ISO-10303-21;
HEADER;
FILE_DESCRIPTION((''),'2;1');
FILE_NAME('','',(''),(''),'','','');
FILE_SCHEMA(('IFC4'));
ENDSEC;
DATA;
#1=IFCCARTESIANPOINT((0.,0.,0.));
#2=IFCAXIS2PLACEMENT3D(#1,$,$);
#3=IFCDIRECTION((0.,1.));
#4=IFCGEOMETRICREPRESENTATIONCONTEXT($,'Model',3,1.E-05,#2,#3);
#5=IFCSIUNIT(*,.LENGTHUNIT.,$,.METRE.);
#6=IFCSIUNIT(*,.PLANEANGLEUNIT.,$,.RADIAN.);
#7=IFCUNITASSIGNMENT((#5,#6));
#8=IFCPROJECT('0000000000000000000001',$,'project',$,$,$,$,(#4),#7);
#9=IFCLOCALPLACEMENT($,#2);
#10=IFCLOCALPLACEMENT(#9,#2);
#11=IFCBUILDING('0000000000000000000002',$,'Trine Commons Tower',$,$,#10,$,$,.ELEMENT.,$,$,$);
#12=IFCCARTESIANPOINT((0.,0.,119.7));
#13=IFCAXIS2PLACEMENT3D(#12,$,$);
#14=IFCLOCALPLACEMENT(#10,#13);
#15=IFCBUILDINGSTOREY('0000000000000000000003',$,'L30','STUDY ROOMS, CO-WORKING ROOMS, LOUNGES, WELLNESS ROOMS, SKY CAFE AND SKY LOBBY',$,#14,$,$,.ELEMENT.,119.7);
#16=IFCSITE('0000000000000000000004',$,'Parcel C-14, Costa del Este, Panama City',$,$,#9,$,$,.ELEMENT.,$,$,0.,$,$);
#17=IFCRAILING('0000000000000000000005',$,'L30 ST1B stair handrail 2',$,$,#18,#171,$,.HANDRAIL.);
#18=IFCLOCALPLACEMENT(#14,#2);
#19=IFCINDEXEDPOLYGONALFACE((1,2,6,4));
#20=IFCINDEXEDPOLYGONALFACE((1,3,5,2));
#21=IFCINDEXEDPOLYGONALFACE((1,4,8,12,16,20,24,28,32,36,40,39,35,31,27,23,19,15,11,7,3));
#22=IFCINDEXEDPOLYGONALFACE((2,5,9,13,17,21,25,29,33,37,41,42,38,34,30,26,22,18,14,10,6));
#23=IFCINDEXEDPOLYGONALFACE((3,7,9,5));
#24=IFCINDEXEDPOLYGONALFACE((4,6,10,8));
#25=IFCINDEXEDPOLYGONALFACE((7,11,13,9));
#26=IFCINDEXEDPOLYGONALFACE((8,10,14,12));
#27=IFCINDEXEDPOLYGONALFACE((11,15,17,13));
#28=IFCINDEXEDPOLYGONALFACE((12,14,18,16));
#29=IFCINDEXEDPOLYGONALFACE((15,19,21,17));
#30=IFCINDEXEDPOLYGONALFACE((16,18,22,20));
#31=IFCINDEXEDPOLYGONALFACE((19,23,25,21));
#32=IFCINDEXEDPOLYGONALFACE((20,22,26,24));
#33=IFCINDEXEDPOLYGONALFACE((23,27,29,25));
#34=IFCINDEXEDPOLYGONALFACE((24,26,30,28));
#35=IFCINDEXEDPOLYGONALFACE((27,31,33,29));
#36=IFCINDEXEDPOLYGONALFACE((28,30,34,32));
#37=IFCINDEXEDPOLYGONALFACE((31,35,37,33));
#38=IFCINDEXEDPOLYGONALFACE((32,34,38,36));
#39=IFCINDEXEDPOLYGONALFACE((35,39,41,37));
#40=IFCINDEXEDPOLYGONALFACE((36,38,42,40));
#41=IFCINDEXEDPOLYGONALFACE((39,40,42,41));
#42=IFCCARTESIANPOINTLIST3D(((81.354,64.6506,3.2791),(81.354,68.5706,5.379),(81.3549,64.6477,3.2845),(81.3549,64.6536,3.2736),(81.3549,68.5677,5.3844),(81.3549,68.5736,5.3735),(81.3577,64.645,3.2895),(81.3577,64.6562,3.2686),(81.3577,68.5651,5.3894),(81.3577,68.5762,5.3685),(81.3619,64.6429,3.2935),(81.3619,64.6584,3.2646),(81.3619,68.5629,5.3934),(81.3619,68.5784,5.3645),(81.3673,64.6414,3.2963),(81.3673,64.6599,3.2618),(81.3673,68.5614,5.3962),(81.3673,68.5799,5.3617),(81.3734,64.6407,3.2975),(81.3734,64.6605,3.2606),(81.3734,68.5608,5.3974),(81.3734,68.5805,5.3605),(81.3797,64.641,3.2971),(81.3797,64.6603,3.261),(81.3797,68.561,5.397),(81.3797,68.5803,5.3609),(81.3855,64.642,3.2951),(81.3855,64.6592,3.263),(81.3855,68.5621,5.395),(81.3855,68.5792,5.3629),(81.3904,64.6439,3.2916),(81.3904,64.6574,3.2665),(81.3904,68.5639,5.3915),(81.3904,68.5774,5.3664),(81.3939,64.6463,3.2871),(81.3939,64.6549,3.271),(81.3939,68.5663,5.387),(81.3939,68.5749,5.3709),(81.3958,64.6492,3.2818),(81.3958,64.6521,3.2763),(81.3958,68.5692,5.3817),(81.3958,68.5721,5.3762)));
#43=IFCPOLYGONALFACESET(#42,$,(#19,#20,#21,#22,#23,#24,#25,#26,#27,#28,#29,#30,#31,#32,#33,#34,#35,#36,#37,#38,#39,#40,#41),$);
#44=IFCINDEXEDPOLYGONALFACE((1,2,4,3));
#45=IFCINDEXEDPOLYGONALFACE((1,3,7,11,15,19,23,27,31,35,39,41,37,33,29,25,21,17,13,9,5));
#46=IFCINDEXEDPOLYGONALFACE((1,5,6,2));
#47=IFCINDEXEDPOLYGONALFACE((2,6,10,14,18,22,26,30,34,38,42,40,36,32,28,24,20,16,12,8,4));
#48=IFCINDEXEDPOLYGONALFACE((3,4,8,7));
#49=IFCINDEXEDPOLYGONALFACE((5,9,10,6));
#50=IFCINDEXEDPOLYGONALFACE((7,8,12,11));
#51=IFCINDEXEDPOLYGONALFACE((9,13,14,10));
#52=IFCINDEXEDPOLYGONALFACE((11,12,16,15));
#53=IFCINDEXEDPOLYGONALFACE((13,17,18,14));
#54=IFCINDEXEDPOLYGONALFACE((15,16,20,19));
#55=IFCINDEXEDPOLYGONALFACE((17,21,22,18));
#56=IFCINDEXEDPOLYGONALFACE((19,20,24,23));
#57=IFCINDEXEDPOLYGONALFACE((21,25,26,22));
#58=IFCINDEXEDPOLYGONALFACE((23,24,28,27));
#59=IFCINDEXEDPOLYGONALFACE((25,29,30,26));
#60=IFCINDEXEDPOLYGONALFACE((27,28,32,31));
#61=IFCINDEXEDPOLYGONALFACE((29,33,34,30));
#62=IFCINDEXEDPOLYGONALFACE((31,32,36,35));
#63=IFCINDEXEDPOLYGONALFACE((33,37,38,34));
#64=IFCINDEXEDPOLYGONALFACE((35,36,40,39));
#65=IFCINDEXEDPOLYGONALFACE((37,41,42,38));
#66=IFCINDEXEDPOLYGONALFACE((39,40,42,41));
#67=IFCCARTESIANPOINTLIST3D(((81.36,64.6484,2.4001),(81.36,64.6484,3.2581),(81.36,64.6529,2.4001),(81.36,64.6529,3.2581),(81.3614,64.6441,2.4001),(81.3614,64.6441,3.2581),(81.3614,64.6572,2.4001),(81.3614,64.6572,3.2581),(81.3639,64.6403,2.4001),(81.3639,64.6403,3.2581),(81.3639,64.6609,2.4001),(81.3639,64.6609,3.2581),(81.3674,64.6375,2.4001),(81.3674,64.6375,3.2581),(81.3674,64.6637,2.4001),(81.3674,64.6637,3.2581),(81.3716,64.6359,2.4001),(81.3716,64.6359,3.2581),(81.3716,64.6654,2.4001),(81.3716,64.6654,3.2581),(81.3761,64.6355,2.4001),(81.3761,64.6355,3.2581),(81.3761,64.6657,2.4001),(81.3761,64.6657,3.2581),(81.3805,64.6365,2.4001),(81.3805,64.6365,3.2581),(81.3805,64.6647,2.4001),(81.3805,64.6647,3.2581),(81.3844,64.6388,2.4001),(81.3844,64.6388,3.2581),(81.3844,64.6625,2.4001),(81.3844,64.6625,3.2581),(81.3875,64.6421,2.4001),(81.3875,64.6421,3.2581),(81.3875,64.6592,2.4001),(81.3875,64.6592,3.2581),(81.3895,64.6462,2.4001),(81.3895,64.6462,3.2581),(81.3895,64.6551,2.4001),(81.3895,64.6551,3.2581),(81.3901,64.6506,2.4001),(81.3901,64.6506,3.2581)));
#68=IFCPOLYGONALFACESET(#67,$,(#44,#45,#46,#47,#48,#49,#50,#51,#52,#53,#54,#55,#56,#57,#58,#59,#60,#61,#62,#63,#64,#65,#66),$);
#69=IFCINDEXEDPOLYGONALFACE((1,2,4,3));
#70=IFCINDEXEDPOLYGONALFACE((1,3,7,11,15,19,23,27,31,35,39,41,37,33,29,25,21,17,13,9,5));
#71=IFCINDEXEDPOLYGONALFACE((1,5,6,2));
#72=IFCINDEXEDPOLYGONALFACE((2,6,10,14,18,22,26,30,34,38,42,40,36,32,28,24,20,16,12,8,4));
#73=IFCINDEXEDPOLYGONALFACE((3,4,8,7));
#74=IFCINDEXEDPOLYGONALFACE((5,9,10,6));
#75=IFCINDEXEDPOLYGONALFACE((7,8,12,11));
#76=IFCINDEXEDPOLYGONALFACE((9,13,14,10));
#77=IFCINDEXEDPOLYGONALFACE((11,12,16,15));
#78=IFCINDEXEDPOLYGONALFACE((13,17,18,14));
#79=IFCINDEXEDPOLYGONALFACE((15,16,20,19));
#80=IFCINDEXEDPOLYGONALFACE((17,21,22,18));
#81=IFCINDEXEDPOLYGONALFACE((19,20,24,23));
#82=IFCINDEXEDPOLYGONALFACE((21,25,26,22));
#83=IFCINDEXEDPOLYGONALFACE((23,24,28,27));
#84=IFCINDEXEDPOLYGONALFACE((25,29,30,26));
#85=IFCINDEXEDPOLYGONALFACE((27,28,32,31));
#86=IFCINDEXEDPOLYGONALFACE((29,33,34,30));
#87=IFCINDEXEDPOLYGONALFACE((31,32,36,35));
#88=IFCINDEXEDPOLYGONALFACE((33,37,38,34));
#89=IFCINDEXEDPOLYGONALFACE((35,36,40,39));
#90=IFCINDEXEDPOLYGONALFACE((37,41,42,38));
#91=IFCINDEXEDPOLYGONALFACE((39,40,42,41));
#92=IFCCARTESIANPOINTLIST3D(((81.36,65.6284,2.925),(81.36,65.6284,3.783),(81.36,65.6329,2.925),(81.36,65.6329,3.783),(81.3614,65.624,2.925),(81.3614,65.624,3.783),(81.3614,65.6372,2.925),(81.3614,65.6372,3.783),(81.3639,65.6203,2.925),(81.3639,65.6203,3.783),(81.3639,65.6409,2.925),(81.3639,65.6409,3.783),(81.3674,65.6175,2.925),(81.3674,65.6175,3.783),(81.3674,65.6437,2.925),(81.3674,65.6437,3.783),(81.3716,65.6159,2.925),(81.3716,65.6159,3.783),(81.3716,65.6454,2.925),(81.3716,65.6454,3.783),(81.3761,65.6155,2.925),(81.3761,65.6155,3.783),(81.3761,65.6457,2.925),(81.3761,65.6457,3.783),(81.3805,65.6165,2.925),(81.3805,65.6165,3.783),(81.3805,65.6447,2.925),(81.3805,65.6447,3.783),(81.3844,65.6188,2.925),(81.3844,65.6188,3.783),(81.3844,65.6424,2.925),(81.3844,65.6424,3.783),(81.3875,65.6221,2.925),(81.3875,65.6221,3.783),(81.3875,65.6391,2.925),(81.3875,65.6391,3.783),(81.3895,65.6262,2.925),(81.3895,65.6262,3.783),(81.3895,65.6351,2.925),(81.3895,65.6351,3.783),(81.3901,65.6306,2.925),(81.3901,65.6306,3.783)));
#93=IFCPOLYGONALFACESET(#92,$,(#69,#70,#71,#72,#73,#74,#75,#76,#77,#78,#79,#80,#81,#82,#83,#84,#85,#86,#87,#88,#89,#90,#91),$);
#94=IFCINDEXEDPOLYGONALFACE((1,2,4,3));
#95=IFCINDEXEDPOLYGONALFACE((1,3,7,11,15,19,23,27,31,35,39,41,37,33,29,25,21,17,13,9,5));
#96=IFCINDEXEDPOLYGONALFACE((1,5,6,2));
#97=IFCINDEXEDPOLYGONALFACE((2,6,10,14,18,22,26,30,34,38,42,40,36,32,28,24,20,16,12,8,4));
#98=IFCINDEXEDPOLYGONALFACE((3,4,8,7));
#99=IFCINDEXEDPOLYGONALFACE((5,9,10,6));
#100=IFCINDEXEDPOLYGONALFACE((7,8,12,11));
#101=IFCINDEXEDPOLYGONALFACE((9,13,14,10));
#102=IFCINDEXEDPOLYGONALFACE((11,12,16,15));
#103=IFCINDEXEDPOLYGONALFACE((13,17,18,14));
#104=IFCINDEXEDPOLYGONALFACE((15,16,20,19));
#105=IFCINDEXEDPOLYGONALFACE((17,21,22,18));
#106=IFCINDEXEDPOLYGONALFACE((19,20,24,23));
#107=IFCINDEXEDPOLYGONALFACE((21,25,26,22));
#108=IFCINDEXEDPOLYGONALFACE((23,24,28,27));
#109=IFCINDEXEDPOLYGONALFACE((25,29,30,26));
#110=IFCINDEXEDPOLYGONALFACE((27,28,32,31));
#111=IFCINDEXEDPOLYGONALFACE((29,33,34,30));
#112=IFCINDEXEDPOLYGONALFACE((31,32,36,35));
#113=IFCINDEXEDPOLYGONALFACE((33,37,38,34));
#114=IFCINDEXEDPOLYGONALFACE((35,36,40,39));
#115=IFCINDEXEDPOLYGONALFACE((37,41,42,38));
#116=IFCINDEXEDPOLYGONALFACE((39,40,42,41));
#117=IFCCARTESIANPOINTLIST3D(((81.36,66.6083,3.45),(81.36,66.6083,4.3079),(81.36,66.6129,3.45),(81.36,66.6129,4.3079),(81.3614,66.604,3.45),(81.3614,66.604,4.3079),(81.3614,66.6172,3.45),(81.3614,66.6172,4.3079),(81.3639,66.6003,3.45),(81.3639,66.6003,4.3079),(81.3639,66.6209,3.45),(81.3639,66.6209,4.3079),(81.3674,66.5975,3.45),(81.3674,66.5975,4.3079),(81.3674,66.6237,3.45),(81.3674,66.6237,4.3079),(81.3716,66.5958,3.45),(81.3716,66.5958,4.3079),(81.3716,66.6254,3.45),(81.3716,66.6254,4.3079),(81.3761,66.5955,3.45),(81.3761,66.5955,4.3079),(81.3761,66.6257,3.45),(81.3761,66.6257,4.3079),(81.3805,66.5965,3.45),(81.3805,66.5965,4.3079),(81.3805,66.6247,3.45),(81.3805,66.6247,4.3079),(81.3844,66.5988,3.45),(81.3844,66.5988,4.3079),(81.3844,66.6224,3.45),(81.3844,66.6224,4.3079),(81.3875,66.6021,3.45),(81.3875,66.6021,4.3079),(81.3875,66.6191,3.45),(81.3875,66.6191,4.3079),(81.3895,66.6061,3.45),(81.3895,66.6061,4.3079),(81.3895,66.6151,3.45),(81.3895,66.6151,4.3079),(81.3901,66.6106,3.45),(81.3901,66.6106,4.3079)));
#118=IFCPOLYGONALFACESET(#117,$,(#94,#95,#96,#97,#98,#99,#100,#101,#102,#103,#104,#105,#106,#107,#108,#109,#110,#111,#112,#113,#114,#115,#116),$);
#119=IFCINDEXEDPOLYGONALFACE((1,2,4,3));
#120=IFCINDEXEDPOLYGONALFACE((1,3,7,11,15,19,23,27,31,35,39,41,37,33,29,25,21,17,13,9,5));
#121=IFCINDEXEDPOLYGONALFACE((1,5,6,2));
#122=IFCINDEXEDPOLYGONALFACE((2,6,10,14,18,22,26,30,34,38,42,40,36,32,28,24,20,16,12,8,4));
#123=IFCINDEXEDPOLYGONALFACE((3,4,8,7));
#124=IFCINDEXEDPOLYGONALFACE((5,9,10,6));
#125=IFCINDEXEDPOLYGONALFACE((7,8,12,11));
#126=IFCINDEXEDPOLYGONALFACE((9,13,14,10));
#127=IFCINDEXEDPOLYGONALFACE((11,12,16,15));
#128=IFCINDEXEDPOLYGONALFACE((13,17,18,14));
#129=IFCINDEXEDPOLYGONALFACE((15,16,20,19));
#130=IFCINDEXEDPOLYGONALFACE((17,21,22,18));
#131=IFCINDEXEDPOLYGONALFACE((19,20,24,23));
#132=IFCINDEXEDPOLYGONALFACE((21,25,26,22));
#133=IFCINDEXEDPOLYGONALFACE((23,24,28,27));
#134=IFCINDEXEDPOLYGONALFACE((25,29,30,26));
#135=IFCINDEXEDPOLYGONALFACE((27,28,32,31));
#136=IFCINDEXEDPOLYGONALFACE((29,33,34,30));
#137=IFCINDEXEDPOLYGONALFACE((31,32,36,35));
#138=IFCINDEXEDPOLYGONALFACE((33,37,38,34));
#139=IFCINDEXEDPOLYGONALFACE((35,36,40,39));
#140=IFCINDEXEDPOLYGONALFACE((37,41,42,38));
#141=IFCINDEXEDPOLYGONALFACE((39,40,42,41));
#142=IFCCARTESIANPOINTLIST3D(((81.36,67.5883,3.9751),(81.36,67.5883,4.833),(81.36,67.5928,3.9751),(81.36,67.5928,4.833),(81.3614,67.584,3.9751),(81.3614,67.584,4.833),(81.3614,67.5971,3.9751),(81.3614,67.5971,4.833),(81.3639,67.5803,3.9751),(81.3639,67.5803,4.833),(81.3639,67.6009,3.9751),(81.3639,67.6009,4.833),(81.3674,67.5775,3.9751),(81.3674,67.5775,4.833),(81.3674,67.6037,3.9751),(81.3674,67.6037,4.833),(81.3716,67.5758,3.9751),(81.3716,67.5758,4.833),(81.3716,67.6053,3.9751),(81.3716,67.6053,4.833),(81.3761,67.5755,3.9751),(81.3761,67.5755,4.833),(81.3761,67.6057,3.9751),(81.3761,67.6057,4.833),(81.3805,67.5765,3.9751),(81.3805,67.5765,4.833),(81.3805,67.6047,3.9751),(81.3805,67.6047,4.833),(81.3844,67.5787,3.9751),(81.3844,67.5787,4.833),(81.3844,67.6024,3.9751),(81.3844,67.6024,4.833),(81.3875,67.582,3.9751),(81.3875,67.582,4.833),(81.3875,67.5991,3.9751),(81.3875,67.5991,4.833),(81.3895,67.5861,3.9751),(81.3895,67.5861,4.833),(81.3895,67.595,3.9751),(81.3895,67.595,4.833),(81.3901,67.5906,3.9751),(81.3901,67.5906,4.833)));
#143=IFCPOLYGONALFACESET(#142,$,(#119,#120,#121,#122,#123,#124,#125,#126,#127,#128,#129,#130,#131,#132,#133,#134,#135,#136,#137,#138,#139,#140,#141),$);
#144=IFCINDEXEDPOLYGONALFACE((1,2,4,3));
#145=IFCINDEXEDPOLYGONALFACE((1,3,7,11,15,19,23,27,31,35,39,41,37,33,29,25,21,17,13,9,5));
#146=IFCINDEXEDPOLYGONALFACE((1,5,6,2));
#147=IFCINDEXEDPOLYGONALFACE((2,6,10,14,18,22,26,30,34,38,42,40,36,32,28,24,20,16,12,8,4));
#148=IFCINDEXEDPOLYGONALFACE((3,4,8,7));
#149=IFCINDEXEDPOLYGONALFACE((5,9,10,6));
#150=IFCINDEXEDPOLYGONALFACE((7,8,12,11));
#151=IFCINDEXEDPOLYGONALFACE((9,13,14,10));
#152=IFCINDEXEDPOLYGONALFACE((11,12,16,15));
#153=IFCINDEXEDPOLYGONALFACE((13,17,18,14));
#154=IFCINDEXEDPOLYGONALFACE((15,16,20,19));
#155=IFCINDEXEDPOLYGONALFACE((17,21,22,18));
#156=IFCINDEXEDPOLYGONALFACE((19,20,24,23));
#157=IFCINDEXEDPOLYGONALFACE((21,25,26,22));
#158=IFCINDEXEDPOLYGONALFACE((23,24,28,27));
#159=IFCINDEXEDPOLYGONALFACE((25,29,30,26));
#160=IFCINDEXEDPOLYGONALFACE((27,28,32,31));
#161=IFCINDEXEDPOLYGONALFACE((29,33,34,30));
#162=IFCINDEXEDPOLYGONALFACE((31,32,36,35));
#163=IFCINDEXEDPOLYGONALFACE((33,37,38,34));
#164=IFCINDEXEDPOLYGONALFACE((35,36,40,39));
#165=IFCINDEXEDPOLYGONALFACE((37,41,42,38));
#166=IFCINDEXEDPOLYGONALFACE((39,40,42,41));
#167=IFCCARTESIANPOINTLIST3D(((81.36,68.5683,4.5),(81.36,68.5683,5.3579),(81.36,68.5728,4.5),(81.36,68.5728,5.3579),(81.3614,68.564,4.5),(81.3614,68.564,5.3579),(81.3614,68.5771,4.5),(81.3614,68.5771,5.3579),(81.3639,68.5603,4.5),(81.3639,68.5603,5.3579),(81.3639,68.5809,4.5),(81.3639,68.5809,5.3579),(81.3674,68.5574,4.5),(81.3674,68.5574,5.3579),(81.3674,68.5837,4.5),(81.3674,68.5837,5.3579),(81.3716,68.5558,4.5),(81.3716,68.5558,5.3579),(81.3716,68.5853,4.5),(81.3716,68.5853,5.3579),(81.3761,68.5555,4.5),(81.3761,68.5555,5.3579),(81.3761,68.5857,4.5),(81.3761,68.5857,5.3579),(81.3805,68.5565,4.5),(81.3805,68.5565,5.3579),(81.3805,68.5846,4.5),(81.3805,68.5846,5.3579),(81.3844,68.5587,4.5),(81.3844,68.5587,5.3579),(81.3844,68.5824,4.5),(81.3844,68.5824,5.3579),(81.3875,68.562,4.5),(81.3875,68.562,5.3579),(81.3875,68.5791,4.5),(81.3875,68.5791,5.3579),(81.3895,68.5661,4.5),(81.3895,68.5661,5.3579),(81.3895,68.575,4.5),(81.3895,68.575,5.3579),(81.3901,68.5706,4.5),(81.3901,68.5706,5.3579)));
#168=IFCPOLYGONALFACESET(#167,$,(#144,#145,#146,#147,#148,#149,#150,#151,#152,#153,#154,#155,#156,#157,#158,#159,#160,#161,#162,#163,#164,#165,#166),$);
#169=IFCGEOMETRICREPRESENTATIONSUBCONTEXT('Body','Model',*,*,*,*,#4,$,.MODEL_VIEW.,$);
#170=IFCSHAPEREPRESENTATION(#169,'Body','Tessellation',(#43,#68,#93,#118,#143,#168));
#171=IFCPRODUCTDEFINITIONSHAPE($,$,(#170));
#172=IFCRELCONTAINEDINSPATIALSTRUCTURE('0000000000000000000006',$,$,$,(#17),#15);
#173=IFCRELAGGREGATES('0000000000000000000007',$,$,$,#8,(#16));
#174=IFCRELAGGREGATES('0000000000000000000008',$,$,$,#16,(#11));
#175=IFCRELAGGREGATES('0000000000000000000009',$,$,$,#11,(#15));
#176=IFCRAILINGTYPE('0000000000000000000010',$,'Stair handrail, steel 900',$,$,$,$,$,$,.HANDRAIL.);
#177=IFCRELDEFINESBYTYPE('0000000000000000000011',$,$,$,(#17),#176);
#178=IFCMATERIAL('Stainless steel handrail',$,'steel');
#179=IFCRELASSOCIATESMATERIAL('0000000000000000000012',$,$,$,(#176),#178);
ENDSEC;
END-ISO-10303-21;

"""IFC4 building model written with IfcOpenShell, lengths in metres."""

from ifc_helpers import new_model, si_unit, direction, frame, origin, origin_2d, place, context, subcontext, project, spatial, circle, extrude, material, type_object, element, save


model = new_model("IFC4")

# Units and contexts
model_context = context("Model", 3, precision=1e-05, world=origin(), true_north=direction((0.0, 1.0)))
body_context = subcontext(model_context, "Body", "Model", "MODEL_VIEW")
ifc_project = project(units=[si_unit("LENGTHUNIT", "METRE"), si_unit("PLANEANGLEUNIT", "RADIAN")], contexts=[model_context])

# Site, building, storey
site_placement = place(None, origin())
site = spatial("IfcSite", under=ifc_project, at=site_placement, Name="Parcel C-14, Costa del Este, Panama City", CompositionType="ELEMENT", RefElevation=0.0)
building_placement = place(site_placement, origin())
building = spatial("IfcBuilding", under=site, at=building_placement, Name="Trine Commons Tower", CompositionType="ELEMENT")
storey_placement = place(building_placement, frame((0.0, 0.0, 119.7)))
storey = spatial("IfcBuildingStorey", under=building, at=storey_placement, Name="L30", Description="STUDY ROOMS, CO-WORKING ROOMS, LOUNGES, WELLNESS ROOMS, SKY CAFE AND SKY LOBBY", CompositionType="ELEMENT", Elevation=119.7)

# Railing
ifc_material_1 = material(Name="Stainless steel handrail", Category="steel")
railing_type_1 = type_object("IfcRailingType", Name="Stair handrail, steel 900", PredefinedType="HANDRAIL", material=ifc_material_1)
railing_1_placement = place(storey_placement, frame((81.375, 64.6506, 2.4001)))
element("IfcRailing", 1, at=railing_1_placement, inside=storey, type_object=railing_type_1, Name="L30 ST1B stair handrail 2", PredefinedType="HANDRAIL", context=body_context, shape_type="SweptSolid", body=[
    extrude(circle(Radius=0.021, at=origin_2d()), frame((0.0, 0.0, 0.8789), z_axis=(0.0, 0.88149, 0.472203), x_axis=(-1.0, 0.0, 0.0)), (0.0, 0.0, 1.0), 4.447),
    extrude(circle(Radius=0.0151, at=origin_2d()), origin(), (0.0, 0.0, 1.0), 0.8579),
    extrude(circle(Radius=0.0151, at=origin_2d()), frame((0.0, 0.98, 0.5249)), (0.0, 0.0, 1.0), 0.8579),
    extrude(circle(Radius=0.0151, at=origin_2d()), frame((0.0, 1.96, 1.0498)), (0.0, 0.0, 1.0), 0.8579),
    extrude(circle(Radius=0.0151, at=origin_2d()), frame((0.0, 2.9399, 1.575)), (0.0, 0.0, 1.0), 0.8579),
    extrude(circle(Radius=0.0151, at=origin_2d()), frame((0.0, 3.9199, 2.0999)), (0.0, 0.0, 1.0), 0.8579),
])

save(model, "model.ifc")
